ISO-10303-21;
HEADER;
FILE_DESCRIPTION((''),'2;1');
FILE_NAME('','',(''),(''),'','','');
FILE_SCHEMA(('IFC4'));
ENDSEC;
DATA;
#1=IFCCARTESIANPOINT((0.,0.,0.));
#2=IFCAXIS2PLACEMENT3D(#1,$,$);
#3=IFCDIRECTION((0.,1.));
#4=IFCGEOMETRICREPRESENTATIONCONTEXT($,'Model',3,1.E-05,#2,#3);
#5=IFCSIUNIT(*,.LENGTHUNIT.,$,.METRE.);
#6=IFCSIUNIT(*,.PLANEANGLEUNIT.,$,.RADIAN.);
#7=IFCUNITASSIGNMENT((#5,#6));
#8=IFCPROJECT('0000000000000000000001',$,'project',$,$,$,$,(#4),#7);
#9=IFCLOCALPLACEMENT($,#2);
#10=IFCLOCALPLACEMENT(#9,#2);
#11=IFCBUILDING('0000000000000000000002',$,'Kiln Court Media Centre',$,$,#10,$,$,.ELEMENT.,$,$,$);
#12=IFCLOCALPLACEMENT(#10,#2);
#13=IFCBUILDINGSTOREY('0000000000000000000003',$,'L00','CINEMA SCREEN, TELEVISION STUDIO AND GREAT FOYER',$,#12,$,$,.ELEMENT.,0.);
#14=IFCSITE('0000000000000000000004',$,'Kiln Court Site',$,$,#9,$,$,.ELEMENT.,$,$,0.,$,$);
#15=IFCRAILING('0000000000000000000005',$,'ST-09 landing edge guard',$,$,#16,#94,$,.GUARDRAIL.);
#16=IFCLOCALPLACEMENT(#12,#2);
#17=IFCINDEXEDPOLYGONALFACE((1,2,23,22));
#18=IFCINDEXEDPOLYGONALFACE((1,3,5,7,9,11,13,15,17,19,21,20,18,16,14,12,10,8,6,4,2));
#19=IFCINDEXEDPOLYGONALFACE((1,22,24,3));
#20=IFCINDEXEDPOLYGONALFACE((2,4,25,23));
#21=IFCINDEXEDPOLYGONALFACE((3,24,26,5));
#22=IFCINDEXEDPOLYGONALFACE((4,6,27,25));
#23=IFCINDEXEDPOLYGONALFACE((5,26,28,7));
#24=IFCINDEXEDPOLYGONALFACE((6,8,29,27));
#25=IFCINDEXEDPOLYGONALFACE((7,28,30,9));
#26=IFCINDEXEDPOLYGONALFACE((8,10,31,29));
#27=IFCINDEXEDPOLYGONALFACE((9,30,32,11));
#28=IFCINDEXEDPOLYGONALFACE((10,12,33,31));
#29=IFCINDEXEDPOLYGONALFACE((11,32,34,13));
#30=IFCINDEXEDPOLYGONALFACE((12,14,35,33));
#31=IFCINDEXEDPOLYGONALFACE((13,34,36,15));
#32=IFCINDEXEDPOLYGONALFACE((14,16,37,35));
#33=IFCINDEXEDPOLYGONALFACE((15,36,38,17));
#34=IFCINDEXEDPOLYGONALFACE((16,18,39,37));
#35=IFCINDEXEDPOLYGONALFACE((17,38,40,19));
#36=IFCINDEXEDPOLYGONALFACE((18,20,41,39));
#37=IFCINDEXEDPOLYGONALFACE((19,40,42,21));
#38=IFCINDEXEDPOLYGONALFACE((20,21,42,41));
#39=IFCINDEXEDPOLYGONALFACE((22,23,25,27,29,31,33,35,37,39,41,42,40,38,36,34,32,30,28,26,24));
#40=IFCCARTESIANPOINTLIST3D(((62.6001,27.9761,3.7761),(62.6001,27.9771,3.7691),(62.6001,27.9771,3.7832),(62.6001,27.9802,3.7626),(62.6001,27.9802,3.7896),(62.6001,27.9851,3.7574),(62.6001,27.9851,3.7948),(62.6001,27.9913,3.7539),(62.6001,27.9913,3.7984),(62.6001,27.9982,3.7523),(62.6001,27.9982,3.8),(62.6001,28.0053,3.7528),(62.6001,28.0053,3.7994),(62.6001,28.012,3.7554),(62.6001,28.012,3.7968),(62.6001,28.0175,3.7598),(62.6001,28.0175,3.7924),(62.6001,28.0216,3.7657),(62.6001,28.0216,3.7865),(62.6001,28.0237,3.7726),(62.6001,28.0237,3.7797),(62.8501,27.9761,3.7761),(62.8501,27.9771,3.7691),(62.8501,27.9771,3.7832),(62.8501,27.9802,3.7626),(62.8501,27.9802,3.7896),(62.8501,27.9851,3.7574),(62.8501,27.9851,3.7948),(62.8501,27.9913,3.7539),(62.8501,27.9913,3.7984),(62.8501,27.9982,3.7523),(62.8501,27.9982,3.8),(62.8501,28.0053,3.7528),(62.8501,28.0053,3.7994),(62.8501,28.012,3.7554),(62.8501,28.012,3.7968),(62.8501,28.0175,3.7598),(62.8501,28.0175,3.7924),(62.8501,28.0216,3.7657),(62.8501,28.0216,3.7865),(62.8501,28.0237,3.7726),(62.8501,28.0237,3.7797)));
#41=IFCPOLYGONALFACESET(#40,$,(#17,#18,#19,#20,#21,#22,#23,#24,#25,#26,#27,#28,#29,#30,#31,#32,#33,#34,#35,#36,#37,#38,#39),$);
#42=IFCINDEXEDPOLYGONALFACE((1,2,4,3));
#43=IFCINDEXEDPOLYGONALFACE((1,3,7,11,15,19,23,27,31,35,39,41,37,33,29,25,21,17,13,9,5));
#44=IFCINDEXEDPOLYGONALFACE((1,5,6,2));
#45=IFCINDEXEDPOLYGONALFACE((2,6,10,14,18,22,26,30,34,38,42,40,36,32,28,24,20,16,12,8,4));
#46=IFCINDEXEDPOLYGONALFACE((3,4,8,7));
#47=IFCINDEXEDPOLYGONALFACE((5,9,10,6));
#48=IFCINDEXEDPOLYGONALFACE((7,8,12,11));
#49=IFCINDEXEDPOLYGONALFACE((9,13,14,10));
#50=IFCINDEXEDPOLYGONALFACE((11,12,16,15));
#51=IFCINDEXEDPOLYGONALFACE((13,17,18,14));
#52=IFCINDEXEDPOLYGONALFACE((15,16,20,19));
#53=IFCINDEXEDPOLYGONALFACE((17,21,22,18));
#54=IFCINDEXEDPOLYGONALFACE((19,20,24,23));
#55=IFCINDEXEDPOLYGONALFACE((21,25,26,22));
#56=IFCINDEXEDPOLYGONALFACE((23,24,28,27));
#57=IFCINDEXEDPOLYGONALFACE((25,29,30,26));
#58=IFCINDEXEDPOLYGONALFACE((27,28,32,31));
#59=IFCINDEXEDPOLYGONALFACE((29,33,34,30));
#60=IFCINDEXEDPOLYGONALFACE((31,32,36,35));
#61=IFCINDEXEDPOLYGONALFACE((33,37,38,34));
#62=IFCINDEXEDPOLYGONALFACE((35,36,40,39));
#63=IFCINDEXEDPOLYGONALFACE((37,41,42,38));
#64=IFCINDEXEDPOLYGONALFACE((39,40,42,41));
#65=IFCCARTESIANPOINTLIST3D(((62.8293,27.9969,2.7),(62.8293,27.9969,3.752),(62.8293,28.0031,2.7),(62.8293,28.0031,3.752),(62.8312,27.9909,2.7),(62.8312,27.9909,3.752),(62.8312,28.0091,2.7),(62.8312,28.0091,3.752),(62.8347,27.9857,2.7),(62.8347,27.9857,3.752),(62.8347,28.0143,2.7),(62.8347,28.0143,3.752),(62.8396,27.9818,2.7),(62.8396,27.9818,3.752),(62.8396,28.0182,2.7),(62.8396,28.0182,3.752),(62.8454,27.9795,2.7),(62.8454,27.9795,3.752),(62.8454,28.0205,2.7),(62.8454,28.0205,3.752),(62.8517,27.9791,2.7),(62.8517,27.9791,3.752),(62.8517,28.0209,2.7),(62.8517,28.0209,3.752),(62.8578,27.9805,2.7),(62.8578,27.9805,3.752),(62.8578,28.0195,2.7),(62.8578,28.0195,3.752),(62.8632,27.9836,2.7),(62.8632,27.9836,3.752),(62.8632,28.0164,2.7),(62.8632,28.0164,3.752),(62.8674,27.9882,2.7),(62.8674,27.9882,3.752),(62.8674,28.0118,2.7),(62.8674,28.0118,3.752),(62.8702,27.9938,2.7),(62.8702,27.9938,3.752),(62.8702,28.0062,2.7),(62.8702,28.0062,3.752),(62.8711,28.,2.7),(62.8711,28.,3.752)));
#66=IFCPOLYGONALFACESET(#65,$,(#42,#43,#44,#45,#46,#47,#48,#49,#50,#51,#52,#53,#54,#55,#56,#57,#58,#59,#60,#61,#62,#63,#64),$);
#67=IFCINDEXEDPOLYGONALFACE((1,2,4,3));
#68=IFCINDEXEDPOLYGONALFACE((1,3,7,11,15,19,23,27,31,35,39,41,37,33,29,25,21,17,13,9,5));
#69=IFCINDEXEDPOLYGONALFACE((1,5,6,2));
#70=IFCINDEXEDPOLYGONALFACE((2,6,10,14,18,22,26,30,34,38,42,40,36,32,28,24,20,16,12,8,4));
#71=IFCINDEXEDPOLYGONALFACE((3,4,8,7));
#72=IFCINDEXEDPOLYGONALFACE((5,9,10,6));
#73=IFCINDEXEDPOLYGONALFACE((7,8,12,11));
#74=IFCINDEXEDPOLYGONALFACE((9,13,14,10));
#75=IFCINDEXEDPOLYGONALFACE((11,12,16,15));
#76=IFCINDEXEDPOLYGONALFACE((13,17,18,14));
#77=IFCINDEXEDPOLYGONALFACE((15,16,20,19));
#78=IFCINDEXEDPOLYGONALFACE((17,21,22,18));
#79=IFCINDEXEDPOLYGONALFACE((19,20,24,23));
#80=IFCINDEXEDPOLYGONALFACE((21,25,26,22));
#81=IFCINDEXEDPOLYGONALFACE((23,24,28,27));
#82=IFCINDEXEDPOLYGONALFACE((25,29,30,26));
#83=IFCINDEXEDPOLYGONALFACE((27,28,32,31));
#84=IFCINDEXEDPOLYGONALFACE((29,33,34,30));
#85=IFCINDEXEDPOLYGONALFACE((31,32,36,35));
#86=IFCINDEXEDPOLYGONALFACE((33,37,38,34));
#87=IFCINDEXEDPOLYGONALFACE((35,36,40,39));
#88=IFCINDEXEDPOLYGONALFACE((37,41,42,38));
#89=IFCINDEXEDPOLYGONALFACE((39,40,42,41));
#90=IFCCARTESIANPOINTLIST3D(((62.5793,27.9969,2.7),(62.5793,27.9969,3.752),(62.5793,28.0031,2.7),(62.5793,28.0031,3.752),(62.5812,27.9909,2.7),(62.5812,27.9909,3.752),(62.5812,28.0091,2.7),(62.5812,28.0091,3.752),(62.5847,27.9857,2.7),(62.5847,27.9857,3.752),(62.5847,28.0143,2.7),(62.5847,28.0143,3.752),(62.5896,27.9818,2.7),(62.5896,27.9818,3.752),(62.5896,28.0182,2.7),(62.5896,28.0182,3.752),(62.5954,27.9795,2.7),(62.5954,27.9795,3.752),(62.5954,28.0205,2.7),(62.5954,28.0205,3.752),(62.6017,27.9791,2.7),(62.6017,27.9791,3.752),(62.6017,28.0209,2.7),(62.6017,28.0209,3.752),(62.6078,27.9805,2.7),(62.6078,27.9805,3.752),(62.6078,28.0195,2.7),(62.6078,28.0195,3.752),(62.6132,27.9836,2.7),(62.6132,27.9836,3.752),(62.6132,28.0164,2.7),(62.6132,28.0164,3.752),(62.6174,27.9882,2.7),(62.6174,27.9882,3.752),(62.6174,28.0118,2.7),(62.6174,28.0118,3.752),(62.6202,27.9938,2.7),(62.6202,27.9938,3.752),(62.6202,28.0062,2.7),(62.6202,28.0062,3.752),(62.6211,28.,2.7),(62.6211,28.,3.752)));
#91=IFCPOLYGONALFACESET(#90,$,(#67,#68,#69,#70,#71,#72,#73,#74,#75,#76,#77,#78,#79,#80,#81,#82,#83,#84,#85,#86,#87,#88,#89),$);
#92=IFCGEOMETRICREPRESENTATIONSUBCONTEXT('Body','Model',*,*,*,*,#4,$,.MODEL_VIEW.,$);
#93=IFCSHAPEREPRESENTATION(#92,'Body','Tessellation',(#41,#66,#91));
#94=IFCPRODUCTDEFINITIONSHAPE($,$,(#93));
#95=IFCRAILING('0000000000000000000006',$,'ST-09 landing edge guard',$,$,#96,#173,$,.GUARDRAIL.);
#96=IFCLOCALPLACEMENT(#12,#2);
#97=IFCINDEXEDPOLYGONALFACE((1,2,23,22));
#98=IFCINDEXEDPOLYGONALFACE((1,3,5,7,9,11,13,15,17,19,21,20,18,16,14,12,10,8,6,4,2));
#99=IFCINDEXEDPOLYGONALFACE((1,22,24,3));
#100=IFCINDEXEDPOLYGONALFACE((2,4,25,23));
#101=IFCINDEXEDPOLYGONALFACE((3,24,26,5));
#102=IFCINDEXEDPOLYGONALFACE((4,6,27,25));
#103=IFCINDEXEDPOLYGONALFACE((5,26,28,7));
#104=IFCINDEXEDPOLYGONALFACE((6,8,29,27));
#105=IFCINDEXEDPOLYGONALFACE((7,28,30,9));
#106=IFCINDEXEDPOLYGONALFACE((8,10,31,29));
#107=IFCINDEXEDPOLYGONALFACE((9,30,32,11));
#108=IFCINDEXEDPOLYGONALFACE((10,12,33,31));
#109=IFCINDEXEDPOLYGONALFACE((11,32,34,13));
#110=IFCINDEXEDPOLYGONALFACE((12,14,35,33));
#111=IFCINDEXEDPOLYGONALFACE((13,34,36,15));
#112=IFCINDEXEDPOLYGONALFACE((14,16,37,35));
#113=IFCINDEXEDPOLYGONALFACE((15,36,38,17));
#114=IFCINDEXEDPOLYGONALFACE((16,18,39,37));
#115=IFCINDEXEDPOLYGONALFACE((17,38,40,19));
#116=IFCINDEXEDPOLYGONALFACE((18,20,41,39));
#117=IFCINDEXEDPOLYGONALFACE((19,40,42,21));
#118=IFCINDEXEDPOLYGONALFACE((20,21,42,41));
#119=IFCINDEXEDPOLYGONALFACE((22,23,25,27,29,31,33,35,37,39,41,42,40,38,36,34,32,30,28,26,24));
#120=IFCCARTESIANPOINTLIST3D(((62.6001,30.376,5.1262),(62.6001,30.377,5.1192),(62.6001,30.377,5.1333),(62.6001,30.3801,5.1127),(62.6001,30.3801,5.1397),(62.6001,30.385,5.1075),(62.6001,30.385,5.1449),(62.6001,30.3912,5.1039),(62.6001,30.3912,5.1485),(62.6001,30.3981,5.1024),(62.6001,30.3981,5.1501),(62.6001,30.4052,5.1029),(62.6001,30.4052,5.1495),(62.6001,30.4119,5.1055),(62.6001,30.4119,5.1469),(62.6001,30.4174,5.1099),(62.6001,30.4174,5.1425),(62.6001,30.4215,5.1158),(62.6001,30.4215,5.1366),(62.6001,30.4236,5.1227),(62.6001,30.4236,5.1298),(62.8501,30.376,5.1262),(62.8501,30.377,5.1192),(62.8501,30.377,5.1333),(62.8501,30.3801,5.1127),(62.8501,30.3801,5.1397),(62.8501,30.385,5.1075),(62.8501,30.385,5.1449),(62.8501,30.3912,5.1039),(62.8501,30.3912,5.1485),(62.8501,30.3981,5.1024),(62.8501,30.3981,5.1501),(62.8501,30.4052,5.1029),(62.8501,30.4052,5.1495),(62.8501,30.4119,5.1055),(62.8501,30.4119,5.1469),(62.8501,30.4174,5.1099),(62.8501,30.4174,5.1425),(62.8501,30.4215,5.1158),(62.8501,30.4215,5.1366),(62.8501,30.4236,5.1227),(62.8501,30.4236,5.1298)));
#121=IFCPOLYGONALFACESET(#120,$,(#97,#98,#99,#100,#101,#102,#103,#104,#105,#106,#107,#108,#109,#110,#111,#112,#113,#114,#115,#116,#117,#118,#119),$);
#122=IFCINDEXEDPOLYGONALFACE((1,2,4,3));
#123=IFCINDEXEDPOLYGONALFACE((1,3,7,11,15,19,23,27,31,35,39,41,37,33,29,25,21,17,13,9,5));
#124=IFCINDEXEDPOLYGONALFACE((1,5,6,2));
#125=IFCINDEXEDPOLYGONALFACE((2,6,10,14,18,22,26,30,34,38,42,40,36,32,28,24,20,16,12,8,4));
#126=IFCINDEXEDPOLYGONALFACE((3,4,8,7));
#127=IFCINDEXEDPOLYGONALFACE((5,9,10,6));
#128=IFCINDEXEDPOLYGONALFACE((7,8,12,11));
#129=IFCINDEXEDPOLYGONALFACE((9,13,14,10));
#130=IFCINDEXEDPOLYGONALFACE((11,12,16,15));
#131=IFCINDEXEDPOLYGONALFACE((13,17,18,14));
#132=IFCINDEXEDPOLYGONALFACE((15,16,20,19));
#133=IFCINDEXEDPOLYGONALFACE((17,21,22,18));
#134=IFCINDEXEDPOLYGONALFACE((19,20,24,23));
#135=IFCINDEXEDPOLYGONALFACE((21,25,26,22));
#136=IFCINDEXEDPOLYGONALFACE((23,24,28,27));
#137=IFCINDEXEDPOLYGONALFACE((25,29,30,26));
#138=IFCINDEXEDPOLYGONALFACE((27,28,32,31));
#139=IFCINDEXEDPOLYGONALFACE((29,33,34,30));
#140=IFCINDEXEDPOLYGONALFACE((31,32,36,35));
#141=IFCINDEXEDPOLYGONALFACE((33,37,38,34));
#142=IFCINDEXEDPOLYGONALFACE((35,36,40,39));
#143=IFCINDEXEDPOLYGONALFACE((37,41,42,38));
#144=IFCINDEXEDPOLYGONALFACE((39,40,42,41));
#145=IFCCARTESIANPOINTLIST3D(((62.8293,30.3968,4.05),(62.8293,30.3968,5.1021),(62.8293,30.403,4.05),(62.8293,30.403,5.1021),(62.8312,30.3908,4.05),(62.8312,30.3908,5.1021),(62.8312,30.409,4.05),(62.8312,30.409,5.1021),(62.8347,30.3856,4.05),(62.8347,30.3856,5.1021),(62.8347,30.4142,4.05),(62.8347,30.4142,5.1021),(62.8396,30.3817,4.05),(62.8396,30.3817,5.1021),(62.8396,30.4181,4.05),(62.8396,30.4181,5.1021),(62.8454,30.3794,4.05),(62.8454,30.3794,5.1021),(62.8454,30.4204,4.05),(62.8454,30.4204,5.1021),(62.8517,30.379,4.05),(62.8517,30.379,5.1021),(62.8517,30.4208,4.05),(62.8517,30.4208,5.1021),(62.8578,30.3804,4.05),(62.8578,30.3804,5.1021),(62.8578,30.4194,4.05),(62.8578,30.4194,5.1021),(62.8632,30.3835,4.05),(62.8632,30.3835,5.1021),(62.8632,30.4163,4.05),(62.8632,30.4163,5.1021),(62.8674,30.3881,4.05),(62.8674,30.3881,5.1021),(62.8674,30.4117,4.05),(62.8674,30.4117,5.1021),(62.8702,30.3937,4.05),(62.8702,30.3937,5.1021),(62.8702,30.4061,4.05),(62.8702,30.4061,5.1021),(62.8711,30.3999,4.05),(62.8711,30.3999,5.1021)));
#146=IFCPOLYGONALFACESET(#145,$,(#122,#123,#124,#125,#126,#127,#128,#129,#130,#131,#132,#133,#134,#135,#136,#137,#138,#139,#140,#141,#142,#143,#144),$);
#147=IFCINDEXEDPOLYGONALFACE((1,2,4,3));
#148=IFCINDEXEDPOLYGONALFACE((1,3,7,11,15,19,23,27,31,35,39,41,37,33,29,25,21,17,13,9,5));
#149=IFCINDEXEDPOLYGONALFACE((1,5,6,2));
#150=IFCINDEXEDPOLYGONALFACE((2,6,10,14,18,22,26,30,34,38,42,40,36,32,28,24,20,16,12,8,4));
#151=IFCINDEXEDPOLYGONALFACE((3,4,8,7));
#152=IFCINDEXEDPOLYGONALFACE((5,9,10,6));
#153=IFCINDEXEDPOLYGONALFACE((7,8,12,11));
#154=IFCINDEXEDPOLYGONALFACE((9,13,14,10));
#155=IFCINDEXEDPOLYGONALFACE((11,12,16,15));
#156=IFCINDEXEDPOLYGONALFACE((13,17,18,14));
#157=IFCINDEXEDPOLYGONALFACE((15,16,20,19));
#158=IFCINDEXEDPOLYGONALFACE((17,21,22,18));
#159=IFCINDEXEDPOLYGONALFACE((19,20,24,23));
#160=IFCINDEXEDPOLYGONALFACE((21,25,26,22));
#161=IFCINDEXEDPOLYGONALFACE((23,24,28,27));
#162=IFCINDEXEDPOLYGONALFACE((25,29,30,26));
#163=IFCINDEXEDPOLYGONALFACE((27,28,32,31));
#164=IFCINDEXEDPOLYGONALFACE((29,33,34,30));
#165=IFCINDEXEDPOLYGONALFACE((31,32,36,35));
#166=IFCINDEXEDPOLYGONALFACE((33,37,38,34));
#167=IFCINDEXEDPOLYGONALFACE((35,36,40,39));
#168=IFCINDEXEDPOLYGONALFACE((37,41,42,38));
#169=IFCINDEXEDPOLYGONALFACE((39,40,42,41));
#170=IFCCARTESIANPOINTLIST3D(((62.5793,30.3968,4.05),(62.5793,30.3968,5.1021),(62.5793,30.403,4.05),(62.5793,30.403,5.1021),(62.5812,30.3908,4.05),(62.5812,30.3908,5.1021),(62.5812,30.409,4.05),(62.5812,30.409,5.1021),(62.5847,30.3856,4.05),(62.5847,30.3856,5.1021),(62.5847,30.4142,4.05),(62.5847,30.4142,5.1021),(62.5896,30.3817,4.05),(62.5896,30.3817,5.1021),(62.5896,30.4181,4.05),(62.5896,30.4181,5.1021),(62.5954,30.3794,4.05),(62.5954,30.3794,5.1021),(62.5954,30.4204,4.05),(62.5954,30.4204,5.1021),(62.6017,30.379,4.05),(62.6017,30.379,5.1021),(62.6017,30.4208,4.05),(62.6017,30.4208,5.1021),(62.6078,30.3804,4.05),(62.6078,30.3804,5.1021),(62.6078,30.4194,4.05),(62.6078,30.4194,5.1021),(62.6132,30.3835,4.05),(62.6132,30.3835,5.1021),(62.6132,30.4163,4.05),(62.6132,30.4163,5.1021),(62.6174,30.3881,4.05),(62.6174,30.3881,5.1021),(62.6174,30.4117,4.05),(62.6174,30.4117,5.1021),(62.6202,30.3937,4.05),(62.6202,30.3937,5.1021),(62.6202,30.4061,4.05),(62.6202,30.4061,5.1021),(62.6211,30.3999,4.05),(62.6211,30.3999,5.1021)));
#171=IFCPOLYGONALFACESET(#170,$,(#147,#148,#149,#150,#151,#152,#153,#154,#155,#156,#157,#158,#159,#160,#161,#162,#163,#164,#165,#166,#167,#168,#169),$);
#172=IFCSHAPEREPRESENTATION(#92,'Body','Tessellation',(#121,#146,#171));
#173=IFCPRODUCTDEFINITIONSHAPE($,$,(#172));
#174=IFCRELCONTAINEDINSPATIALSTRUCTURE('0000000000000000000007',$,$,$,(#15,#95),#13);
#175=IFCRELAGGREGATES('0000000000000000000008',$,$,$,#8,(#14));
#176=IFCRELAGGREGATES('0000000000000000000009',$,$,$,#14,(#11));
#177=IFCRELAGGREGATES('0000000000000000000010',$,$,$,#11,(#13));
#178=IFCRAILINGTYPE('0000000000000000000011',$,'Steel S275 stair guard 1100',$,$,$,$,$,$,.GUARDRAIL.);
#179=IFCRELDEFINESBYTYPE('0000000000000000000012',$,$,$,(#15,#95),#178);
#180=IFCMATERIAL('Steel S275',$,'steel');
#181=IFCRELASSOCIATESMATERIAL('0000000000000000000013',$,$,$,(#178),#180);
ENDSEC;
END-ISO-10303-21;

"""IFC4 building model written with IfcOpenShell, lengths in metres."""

from ifc_helpers import new_model, si_unit, direction, frame, origin, origin_2d, place, context, subcontext, project, spatial, circle, extrude, material, type_object, element, save


model = new_model("IFC4")

# Units and contexts
model_context = context("Model", 3, precision=1e-05, world=origin(), true_north=direction((0.0, 1.0)))
body_context = subcontext(model_context, "Body", "Model", "MODEL_VIEW")
ifc_project = project(units=[si_unit("LENGTHUNIT", "METRE"), si_unit("PLANEANGLEUNIT", "RADIAN")], contexts=[model_context])

# Site, building, storey
site_placement = place(None, origin())
site = spatial("IfcSite", under=ifc_project, at=site_placement, Name="Kiln Court Site", CompositionType="ELEMENT", RefElevation=0.0)
building_placement = place(site_placement, origin())
building = spatial("IfcBuilding", under=site, at=building_placement, Name="Kiln Court Media Centre", CompositionType="ELEMENT")
storey_placement = place(building_placement, origin())
storey = spatial("IfcBuildingStorey", under=building, at=storey_placement, Name="L00", Description="CINEMA SCREEN, TELEVISION STUDIO AND GREAT FOYER", CompositionType="ELEMENT", Elevation=0.0)

# Railings
ifc_material_1 = material(Name="Steel S275", Category="steel")
railing_type_1 = type_object("IfcRailingType", Name="Steel S275 stair guard 1100", PredefinedType="GUARDRAIL", material=ifc_material_1)
for number, where, name in (
    (1, (62.8501, 28.0, 2.7), "ST-09 landing edge guard"),
    (2, (62.8501, 30.3999, 4.05), "ST-09 landing edge guard"),
):
    element("IfcRailing", number, at=place(storey_placement, frame(where)), inside=storey, type_object=railing_type_1, Name=name, PredefinedType="GUARDRAIL", context=body_context, shape_type="SweptSolid", body=[
        extrude(circle(Radius=0.0239, at=origin_2d()), frame((0.0, 0.0, 1.0762), z_axis=(-1.0, 0.0, 0.0), x_axis=(0.0, -1.0, 0.0)), (0.0, 0.0, 1.0), 0.25),
        extrude(circle(Radius=0.021, at=origin_2d()), origin(), (0.0, 0.0, 1.0), 1.052),
        extrude(circle(Radius=0.021, at=origin_2d()), frame((-0.25, 0.0, 0.0)), (0.0, 0.0, 1.0), 1.052),
    ])

save(model, "model.ifc")
